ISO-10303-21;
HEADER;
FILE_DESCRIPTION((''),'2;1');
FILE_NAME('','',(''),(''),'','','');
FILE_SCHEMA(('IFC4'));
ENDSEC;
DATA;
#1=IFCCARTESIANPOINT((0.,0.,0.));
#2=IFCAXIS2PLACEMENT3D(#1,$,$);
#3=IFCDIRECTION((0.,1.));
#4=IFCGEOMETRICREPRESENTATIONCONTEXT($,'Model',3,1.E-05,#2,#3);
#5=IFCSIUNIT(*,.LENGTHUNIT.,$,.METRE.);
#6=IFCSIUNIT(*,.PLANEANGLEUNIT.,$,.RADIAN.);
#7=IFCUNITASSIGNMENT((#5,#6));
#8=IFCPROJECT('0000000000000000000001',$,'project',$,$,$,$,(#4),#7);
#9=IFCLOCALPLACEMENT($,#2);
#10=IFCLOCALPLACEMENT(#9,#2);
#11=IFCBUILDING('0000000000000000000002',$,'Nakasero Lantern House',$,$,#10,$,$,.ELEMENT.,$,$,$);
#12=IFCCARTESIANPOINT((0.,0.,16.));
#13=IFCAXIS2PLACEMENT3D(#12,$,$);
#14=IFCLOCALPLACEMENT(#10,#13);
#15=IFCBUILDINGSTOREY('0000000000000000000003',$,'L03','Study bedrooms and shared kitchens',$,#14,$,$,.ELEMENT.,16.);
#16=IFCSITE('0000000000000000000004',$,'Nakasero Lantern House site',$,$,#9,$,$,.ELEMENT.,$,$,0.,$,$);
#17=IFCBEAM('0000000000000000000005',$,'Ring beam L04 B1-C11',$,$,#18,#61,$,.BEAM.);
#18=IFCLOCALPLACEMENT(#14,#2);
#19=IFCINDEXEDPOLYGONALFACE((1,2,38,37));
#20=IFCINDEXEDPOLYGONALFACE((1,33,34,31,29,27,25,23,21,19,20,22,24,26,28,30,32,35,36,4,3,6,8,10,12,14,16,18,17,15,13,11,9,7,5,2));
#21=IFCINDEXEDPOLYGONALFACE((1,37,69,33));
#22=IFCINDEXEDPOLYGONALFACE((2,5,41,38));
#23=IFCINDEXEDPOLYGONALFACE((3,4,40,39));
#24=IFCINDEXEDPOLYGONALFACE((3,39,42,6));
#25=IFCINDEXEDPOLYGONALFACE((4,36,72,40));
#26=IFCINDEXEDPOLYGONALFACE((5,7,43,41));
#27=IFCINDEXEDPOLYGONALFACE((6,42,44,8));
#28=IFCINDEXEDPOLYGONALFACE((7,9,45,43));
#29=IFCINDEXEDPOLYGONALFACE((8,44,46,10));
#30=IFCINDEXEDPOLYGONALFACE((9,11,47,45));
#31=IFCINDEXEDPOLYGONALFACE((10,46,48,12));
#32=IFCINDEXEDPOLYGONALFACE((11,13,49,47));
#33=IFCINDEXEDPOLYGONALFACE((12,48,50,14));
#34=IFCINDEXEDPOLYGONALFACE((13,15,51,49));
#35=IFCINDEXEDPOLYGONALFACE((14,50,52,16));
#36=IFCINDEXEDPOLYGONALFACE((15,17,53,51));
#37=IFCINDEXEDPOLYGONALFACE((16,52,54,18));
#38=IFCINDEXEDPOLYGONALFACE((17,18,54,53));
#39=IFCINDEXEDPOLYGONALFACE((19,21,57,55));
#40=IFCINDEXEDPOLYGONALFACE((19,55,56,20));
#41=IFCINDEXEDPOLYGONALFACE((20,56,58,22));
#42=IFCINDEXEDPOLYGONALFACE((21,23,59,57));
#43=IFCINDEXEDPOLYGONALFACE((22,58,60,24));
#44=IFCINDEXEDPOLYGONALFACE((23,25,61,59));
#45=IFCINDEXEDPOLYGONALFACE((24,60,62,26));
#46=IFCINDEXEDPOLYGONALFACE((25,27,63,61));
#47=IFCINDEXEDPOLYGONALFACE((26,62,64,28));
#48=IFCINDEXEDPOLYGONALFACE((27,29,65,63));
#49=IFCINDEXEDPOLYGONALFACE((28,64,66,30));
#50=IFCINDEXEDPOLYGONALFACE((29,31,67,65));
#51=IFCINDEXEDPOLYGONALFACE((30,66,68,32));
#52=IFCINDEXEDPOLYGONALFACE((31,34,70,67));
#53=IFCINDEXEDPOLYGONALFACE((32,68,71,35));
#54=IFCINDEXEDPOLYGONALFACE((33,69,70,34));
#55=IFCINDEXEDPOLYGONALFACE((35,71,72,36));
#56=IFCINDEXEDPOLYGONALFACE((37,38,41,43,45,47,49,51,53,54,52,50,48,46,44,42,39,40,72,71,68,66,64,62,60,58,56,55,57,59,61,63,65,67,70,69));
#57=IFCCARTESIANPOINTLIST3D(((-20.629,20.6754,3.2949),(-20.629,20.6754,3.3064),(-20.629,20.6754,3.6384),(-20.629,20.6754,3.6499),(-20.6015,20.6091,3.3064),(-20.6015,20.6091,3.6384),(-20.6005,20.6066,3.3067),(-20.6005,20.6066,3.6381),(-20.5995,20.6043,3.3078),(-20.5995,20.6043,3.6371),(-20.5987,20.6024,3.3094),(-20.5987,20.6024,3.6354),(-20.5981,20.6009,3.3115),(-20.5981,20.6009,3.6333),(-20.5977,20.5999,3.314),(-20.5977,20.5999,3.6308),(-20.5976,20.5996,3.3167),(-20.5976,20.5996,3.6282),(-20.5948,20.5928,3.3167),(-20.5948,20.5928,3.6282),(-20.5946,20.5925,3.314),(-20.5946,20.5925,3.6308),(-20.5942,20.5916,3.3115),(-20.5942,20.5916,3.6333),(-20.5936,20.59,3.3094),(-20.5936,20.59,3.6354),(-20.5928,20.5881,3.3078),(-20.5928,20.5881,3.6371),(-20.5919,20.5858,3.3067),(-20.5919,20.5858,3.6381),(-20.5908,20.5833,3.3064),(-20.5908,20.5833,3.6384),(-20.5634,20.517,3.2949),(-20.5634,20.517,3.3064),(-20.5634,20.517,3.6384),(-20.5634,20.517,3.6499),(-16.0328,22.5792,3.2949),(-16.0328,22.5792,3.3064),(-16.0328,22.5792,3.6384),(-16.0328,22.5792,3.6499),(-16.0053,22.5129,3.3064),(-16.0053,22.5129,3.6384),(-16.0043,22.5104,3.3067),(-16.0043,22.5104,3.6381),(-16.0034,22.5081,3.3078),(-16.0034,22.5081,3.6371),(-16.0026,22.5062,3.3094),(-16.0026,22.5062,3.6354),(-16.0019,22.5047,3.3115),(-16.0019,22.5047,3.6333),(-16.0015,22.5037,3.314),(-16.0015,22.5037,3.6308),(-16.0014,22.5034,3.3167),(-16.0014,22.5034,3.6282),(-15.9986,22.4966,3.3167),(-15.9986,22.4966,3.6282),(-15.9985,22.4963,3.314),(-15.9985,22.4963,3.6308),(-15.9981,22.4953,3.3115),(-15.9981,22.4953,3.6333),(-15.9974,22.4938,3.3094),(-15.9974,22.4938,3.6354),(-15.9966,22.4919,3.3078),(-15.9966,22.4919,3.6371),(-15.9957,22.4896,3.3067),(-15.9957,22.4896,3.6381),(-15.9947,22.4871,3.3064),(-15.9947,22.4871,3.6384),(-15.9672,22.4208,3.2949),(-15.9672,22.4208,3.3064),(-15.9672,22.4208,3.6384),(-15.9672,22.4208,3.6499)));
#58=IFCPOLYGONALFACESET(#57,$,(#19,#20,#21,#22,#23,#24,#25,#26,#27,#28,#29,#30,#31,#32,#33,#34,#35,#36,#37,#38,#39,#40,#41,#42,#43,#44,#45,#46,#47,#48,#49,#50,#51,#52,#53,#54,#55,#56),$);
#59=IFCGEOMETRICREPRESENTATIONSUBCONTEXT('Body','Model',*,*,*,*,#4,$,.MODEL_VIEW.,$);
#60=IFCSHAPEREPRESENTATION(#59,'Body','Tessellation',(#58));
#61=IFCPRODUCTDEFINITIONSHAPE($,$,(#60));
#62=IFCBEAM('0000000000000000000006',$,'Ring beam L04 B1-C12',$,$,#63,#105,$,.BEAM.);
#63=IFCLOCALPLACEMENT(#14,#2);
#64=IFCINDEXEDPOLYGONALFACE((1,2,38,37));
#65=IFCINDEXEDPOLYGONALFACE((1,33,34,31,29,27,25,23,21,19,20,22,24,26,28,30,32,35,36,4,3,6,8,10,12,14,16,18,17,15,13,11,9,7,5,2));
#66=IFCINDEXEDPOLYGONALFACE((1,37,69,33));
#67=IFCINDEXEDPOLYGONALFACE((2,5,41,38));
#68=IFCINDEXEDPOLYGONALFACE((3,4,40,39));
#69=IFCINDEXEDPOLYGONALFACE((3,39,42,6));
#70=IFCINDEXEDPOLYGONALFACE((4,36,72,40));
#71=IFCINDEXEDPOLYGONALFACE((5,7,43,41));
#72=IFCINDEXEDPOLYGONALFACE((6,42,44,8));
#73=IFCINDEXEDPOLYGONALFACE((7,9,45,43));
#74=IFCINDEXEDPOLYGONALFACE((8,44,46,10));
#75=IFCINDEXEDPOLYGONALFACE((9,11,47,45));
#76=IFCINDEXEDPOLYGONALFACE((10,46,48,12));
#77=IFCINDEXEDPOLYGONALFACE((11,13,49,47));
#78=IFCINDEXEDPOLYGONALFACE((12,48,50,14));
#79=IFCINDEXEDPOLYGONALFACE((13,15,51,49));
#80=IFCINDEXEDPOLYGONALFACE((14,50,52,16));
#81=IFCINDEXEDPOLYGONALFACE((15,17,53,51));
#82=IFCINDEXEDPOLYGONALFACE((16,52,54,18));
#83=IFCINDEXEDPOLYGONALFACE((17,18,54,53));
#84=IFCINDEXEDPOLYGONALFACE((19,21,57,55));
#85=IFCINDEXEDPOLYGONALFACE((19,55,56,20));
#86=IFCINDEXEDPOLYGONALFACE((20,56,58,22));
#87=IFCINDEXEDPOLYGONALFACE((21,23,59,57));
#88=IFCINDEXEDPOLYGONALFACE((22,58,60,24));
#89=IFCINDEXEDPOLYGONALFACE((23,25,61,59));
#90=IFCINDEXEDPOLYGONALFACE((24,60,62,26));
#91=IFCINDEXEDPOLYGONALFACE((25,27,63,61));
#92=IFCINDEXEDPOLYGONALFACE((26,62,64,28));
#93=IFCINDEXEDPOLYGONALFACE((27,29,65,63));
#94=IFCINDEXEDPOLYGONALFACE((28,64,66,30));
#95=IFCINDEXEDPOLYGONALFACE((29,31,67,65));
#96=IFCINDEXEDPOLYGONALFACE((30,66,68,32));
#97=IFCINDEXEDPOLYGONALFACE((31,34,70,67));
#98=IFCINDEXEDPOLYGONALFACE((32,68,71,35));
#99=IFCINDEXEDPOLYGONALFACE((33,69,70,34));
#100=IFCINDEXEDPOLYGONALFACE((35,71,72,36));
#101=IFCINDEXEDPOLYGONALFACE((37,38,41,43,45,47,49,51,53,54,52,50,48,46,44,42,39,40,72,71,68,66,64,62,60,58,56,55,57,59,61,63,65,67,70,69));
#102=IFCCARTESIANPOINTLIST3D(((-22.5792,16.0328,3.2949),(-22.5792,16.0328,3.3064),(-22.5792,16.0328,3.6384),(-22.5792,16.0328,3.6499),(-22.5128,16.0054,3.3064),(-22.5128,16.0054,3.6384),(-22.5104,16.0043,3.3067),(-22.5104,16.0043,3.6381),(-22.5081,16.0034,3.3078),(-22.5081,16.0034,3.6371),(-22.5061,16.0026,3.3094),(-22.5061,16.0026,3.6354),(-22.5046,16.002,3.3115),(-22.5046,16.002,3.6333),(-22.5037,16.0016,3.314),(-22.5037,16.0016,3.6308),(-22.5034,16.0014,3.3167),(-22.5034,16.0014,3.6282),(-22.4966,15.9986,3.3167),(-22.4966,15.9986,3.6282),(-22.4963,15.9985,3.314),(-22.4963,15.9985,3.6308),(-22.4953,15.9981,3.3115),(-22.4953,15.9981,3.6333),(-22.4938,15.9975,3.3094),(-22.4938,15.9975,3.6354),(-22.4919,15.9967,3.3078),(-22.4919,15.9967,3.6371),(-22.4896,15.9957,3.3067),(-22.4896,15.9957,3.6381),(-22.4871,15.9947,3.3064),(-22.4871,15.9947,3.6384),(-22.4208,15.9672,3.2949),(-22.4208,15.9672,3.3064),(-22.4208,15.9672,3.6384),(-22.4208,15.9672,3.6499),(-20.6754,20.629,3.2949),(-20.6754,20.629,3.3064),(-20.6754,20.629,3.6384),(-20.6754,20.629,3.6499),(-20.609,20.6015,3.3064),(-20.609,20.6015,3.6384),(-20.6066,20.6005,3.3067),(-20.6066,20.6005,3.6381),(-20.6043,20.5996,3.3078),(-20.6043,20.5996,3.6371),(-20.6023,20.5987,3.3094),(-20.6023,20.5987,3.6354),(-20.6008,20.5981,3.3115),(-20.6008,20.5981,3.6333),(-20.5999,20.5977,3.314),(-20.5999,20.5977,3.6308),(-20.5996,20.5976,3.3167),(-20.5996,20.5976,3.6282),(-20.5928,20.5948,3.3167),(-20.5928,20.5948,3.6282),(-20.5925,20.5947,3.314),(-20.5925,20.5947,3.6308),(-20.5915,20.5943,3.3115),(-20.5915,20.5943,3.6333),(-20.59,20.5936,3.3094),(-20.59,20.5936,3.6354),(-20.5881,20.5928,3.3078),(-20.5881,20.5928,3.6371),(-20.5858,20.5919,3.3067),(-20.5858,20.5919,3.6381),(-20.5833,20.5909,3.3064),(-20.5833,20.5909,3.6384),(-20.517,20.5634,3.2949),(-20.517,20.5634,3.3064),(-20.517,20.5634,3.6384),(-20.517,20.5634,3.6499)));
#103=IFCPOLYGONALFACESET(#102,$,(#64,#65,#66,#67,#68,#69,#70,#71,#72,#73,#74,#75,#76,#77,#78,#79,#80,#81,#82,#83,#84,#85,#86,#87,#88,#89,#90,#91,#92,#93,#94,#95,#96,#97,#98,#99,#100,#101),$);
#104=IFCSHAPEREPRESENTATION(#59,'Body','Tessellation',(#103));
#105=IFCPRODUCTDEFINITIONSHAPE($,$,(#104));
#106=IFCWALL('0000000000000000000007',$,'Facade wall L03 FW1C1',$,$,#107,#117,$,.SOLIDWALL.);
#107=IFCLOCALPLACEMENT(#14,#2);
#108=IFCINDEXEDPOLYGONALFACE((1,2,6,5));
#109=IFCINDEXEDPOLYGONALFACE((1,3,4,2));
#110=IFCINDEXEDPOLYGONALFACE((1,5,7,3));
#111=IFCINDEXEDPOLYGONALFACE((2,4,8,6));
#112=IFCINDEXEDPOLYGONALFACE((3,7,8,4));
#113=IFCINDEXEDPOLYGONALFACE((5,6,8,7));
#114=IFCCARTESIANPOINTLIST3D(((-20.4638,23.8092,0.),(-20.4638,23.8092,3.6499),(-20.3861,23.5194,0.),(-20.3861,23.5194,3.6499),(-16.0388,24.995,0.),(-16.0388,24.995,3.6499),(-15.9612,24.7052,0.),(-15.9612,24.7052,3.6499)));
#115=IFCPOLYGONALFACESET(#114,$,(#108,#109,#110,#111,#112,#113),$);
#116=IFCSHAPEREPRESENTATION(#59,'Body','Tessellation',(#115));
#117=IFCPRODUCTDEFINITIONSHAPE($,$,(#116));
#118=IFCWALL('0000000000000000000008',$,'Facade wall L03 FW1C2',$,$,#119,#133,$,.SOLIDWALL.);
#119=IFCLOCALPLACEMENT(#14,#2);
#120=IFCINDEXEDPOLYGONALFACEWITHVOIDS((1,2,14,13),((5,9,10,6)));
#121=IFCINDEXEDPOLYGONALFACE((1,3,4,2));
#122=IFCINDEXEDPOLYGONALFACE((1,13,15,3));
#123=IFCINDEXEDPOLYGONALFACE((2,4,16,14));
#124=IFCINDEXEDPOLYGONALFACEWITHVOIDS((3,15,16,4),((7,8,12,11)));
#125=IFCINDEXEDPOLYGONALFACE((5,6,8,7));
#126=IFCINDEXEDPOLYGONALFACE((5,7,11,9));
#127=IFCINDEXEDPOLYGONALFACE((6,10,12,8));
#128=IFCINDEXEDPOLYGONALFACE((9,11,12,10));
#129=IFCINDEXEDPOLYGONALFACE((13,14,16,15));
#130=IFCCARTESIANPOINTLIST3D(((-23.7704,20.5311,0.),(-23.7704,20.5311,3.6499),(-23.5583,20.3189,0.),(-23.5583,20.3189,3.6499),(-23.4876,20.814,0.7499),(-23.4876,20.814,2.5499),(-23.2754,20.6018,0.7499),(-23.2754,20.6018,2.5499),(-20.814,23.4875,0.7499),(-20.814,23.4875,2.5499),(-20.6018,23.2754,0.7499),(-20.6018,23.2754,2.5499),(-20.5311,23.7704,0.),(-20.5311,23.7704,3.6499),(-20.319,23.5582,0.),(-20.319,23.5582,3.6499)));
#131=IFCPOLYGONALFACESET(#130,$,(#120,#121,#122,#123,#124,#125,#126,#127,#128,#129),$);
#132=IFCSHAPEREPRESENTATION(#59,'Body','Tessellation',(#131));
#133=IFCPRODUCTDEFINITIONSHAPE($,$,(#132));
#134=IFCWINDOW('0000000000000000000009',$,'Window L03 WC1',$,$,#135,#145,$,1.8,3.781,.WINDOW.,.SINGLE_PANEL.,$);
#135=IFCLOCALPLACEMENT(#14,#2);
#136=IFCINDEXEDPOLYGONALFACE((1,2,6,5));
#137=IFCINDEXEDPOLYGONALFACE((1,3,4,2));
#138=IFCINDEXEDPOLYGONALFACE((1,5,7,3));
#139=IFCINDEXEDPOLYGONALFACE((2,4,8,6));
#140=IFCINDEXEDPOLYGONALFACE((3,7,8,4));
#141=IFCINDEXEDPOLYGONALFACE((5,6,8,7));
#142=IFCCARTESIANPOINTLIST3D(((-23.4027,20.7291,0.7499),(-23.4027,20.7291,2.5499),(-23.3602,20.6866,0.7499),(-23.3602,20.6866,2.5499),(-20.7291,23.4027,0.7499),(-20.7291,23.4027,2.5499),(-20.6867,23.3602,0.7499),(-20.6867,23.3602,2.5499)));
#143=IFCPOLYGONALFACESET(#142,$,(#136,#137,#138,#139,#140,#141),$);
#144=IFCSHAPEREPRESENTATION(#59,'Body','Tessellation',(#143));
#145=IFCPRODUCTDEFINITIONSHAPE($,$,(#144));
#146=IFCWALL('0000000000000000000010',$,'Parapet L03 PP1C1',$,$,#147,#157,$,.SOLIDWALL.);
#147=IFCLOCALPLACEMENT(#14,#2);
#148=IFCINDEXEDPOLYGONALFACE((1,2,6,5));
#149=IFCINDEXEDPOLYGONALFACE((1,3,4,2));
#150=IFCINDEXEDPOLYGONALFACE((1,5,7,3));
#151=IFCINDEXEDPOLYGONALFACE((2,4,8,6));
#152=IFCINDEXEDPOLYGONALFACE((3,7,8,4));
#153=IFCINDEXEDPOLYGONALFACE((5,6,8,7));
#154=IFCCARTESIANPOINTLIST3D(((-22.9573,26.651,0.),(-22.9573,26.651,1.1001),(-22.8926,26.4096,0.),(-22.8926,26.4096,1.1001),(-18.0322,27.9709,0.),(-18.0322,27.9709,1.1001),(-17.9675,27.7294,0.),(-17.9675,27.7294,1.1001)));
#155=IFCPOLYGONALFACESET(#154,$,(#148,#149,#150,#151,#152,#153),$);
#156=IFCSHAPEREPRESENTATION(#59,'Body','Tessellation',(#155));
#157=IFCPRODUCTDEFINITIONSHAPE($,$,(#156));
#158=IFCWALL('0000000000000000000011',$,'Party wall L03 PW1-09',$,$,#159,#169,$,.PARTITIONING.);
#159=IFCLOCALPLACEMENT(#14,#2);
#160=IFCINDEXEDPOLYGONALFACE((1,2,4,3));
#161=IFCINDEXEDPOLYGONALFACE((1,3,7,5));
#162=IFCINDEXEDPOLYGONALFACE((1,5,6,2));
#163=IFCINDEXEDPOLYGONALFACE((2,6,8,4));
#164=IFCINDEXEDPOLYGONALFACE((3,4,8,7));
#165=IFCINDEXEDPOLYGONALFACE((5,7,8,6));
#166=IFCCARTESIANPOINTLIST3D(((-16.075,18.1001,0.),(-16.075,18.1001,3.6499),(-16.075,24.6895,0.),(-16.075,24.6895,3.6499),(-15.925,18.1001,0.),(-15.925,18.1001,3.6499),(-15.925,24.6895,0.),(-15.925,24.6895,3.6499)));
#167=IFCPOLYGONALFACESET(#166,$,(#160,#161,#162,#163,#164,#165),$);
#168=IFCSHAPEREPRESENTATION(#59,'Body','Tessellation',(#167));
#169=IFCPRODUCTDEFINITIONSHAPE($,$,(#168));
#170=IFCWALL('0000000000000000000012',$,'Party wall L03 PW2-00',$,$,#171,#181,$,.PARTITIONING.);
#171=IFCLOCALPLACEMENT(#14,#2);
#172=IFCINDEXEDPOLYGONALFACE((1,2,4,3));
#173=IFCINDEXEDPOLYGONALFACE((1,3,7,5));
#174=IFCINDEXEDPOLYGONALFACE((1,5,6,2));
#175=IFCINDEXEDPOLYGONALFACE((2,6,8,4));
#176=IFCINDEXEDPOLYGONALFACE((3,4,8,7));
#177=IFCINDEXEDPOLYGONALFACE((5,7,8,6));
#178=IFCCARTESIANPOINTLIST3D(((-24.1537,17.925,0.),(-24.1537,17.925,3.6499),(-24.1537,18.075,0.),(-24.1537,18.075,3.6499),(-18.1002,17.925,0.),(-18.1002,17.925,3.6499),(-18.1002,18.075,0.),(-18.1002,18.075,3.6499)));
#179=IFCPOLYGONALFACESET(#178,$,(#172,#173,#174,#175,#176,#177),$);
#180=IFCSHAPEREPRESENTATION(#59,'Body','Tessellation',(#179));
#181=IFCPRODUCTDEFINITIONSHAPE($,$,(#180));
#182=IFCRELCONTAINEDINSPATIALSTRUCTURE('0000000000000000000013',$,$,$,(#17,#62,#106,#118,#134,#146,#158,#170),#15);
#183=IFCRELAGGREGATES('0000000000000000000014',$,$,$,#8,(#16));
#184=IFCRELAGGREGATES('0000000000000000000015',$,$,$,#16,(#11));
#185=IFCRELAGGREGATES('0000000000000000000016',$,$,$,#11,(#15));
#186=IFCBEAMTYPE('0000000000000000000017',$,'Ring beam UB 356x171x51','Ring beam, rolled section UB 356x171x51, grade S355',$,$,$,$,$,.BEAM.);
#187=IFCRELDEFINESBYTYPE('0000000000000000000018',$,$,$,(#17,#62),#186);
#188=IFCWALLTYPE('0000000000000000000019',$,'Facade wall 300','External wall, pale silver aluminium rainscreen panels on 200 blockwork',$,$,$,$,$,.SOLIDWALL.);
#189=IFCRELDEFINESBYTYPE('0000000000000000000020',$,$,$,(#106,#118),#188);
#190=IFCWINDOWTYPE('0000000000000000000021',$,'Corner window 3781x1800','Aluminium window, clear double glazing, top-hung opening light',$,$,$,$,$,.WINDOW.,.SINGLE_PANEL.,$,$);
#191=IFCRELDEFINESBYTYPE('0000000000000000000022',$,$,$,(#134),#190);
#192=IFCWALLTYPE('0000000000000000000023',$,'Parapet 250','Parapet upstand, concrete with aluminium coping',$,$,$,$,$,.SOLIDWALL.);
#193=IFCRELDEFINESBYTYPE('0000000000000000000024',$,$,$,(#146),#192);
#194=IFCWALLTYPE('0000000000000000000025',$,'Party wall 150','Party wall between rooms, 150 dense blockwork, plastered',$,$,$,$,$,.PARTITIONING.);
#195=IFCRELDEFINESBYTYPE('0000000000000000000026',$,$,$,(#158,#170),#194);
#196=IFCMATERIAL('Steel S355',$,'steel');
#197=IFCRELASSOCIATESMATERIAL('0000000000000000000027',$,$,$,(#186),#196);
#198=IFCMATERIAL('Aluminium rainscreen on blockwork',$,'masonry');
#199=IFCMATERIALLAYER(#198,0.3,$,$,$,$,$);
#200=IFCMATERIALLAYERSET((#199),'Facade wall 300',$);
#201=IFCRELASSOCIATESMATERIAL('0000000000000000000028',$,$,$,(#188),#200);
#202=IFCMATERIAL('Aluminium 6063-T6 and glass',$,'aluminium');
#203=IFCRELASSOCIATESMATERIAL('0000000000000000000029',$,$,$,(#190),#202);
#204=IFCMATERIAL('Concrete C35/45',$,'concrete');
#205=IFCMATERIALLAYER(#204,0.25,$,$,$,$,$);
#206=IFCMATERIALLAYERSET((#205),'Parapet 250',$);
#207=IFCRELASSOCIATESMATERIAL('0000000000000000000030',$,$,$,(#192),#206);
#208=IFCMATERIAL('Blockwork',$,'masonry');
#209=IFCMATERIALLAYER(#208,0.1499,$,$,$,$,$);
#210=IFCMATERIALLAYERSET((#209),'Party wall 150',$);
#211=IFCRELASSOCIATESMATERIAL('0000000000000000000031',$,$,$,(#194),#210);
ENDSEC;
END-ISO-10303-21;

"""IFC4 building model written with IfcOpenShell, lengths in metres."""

from ifc_helpers import new_model, si_unit, direction, frame, frame_2d, origin, origin_2d, place, context, subcontext, project, spatial, rectangle, i_section, extrude, material, layer, layer_set, material_profile, profile_set, type_object, element, fill, save


model = new_model("IFC4")

# Units and contexts
model_context = context("Model", 3, precision=1e-05, world=origin(), true_north=direction((0.0, 1.0)))
body_context = subcontext(model_context, "Body", "Model", "MODEL_VIEW")
ifc_project = project(units=[si_unit("LENGTHUNIT", "METRE"), si_unit("PLANEANGLEUNIT", "RADIAN")], contexts=[model_context])

# Site, building, storey
site_placement = place(None, origin())
site = spatial("IfcSite", under=ifc_project, at=site_placement, Name="Nakasero Lantern House site", CompositionType="ELEMENT", RefElevation=0.0)
building_placement = place(site_placement, origin())
building = spatial("IfcBuilding", under=site, at=building_placement, Name="Nakasero Lantern House", CompositionType="ELEMENT")
storey_placement = place(building_placement, frame((0.0, 0.0, 16.0)))
storey = spatial("IfcBuildingStorey", under=building, at=storey_placement, Name="L03", Description="Study bedrooms and shared kitchens", CompositionType="ELEMENT", Elevation=16.0)

# Beams
ifc_material_1 = material(Name="Steel S355", Category="steel")
ifc_material_profile_1 = material_profile(ifc_material_1, i_section(OverallWidth=0.1714, OverallDepth=0.355, WebThickness=0.0073, FlangeThickness=0.0115, FilletRadius=0.0103, at=origin_2d()), Name="UB 356x171x51")
ifc_profile_set_1 = profile_set([ifc_material_profile_1], Name="Steel S355")
beam_type_1 = type_object("IfcBeamType", Name="Ring beam UB 356x171x51", Description="Ring beam, rolled section UB 356x171x51, grade S355", PredefinedType="BEAM", material=ifc_profile_set_1)
for number, where, z_axis, x_axis, name in (
    (1, (-16.0, 22.5, 3.4724), (-0.923879, -0.382684, 0.0), (0.382684, -0.923879, 0.0), "Ring beam L04 B1-C11"),
    (2, (-20.5962, 20.5962, 3.4724), (-0.382684, -0.923879, 0.0), (0.923879, -0.382684, 0.0), "Ring beam L04 B1-C12"),
):
    element("IfcBeam", number, at=place(storey_placement, frame(where, z_axis=z_axis, x_axis=x_axis)), inside=storey, type_object=beam_type_1, Name=name, PredefinedType="BEAM", context=body_context, shape_type="SweptSolid", body=[
        extrude(i_section(OverallWidth=0.1714, OverallDepth=0.355, WebThickness=0.0073, FlangeThickness=0.0115, FilletRadius=0.0103, at=origin_2d()), origin(), (0.0, 0.0, 1.0), 4.9749),
    ])

# Wall
ifc_material_2 = material(Name="Aluminium rainscreen on blockwork", Category="masonry")
ifc_layer_1 = layer(ifc_material_2, 0.3)
ifc_layer_set_1 = layer_set([ifc_layer_1], Name="Facade wall 300")
wall_type_1 = type_object("IfcWallType", Name="Facade wall 300", Description="External wall, pale silver aluminium rainscreen panels on 200 blockwork", PredefinedType="SOLIDWALL", material=ifc_layer_set_1)
wall_1_placement = place(storey_placement, frame((-16.0, 24.8501, 0.0), z_axis=(0.0, 0.0, 1.0), x_axis=(-0.96592, -0.25884, 0.0)))
element("IfcWall", 3, at=wall_1_placement, inside=storey, type_object=wall_type_1, Name="Facade wall L03 FW1C1", PredefinedType="SOLIDWALL", context=body_context, shape_type="SweptSolid", body=[
    extrude(rectangle(XDim=4.5811, YDim=0.3, at=frame_2d((2.2905, 0.0))), origin(), (0.0, 0.0, 1.0), 3.6499),
])

# Wall, opening, window
wall_2_placement = place(storey_placement, frame((-20.425, 23.6643, 0.0), z_axis=(0.0, 0.0, 1.0), x_axis=(-0.707107, -0.707107, 0.0)))
wall_2 = element("IfcWall", 4, at=wall_2_placement, inside=storey, type_object=wall_type_1, Name="Facade wall L03 FW1C2", PredefinedType="SOLIDWALL", context=body_context, shape_type="SweptSolid", body=[
    extrude(rectangle(XDim=4.5811, YDim=0.3, at=frame_2d((2.2905, 0.0))), origin(), (0.0, 0.0, 1.0), 3.6499),
])
opening_1_placement = place(wall_2_placement, frame((0.3999, 0.0, 0.75)))
opening_1 = element("IfcOpeningElement", 5, at=opening_1_placement, cuts=wall_2, PredefinedType="OPENING", context=body_context, shape_type="SweptSolid", body=[
    extrude(rectangle(XDim=3.781, YDim=1.8, at=frame_2d((1.8906, 0.8999))), frame((0.0, 0.1699, 0.0), z_axis=(0.0, -1.0, 0.0), x_axis=(1.0, 0.0, 0.0)), (0.0, 0.0, 1.0), 0.3401),
])
ifc_material_3 = material(Name="Aluminium 6063-T6 and glass", Category="aluminium")
window_type = type_object("IfcWindowType", Name="Corner window 3781x1800", Description="Aluminium window, clear double glazing, top-hung opening light", PartitioningType="SINGLE_PANEL", PredefinedType="WINDOW", material=ifc_material_3)
window_placement = place(opening_1_placement, origin())
window = element("IfcWindow", 6, at=window_placement, inside=storey, type_object=window_type, Name="Window L03 WC1", OverallHeight=1.8, OverallWidth=3.781, PartitioningType="SINGLE_PANEL", PredefinedType="WINDOW", context=body_context, shape_type="SweptSolid", body=[
    extrude(rectangle(XDim=3.781, YDim=1.8, at=frame_2d((1.8906, 0.8999))), frame((0.0, 0.03, 0.0), z_axis=(0.0, -1.0, 0.0), x_axis=(1.0, 0.0, 0.0)), (0.0, 0.0, 1.0), 0.0601),
])
fill(opening_1, window)

# Walls
ifc_material_4 = material(Name="Concrete C35/45", Category="concrete")
ifc_layer_2 = layer(ifc_material_4, 0.25)
ifc_layer_set_2 = layer_set([ifc_layer_2], Name="Parapet 250")
wall_type_2 = type_object("IfcWallType", Name="Parapet 250", Description="Parapet upstand, concrete with aluminium coping", PredefinedType="SOLIDWALL", material=ifc_layer_set_2)
wall_3_placement = place(storey_placement, frame((-18.0, 27.8501, 0.0), z_axis=(0.0, 0.0, 1.0), x_axis=(-0.965918, -0.258849, 0.0)))
element("IfcWall", 7, at=wall_3_placement, inside=storey, type_object=wall_type_2, Name="Parapet L03 PP1C1", PredefinedType="SOLIDWALL", context=body_context, shape_type="SweptSolid", body=[
    extrude(rectangle(XDim=5.0989, YDim=0.25, at=frame_2d((2.5493, 0.0))), origin(), (0.0, 0.0, 1.0), 1.1001),
])
ifc_material_5 = material(Name="Blockwork", Category="masonry")
ifc_layer_3 = layer(ifc_material_5, 0.1499)
ifc_layer_set_3 = layer_set([ifc_layer_3], Name="Party wall 150")
wall_type_3 = type_object("IfcWallType", Name="Party wall 150", Description="Party wall between rooms, 150 dense blockwork, plastered", PredefinedType="PARTITIONING", material=ifc_layer_set_3)
wall_4_placement = place(storey_placement, frame((-16.0, 18.1001, 0.0), z_axis=(0.0, 0.0, 1.0), x_axis=(0.0, 1.0, 0.0)))
element("IfcWall", 8, at=wall_4_placement, inside=storey, type_object=wall_type_3, Name="Party wall L03 PW1-09", PredefinedType="PARTITIONING", context=body_context, shape_type="SweptSolid", body=[
    extrude(rectangle(XDim=6.5894, YDim=0.1499, at=frame_2d((3.2947, 0.0))), origin(), (0.0, 0.0, 1.0), 3.6499),
])
wall_5_placement = place(storey_placement, frame((-18.1001, 18.0, 0.0), z_axis=(0.0, 0.0, 1.0), x_axis=(-1.0, 0.0, 0.0)))
element("IfcWall", 9, at=wall_5_placement, inside=storey, type_object=wall_type_3, Name="Party wall L03 PW2-00", PredefinedType="PARTITIONING", context=body_context, shape_type="SweptSolid", body=[
    extrude(rectangle(XDim=6.0535, YDim=0.1499, at=frame_2d((3.0269, 0.0))), origin(), (0.0, 0.0, 1.0), 3.6499),
])

save(model, "model.ifc")
